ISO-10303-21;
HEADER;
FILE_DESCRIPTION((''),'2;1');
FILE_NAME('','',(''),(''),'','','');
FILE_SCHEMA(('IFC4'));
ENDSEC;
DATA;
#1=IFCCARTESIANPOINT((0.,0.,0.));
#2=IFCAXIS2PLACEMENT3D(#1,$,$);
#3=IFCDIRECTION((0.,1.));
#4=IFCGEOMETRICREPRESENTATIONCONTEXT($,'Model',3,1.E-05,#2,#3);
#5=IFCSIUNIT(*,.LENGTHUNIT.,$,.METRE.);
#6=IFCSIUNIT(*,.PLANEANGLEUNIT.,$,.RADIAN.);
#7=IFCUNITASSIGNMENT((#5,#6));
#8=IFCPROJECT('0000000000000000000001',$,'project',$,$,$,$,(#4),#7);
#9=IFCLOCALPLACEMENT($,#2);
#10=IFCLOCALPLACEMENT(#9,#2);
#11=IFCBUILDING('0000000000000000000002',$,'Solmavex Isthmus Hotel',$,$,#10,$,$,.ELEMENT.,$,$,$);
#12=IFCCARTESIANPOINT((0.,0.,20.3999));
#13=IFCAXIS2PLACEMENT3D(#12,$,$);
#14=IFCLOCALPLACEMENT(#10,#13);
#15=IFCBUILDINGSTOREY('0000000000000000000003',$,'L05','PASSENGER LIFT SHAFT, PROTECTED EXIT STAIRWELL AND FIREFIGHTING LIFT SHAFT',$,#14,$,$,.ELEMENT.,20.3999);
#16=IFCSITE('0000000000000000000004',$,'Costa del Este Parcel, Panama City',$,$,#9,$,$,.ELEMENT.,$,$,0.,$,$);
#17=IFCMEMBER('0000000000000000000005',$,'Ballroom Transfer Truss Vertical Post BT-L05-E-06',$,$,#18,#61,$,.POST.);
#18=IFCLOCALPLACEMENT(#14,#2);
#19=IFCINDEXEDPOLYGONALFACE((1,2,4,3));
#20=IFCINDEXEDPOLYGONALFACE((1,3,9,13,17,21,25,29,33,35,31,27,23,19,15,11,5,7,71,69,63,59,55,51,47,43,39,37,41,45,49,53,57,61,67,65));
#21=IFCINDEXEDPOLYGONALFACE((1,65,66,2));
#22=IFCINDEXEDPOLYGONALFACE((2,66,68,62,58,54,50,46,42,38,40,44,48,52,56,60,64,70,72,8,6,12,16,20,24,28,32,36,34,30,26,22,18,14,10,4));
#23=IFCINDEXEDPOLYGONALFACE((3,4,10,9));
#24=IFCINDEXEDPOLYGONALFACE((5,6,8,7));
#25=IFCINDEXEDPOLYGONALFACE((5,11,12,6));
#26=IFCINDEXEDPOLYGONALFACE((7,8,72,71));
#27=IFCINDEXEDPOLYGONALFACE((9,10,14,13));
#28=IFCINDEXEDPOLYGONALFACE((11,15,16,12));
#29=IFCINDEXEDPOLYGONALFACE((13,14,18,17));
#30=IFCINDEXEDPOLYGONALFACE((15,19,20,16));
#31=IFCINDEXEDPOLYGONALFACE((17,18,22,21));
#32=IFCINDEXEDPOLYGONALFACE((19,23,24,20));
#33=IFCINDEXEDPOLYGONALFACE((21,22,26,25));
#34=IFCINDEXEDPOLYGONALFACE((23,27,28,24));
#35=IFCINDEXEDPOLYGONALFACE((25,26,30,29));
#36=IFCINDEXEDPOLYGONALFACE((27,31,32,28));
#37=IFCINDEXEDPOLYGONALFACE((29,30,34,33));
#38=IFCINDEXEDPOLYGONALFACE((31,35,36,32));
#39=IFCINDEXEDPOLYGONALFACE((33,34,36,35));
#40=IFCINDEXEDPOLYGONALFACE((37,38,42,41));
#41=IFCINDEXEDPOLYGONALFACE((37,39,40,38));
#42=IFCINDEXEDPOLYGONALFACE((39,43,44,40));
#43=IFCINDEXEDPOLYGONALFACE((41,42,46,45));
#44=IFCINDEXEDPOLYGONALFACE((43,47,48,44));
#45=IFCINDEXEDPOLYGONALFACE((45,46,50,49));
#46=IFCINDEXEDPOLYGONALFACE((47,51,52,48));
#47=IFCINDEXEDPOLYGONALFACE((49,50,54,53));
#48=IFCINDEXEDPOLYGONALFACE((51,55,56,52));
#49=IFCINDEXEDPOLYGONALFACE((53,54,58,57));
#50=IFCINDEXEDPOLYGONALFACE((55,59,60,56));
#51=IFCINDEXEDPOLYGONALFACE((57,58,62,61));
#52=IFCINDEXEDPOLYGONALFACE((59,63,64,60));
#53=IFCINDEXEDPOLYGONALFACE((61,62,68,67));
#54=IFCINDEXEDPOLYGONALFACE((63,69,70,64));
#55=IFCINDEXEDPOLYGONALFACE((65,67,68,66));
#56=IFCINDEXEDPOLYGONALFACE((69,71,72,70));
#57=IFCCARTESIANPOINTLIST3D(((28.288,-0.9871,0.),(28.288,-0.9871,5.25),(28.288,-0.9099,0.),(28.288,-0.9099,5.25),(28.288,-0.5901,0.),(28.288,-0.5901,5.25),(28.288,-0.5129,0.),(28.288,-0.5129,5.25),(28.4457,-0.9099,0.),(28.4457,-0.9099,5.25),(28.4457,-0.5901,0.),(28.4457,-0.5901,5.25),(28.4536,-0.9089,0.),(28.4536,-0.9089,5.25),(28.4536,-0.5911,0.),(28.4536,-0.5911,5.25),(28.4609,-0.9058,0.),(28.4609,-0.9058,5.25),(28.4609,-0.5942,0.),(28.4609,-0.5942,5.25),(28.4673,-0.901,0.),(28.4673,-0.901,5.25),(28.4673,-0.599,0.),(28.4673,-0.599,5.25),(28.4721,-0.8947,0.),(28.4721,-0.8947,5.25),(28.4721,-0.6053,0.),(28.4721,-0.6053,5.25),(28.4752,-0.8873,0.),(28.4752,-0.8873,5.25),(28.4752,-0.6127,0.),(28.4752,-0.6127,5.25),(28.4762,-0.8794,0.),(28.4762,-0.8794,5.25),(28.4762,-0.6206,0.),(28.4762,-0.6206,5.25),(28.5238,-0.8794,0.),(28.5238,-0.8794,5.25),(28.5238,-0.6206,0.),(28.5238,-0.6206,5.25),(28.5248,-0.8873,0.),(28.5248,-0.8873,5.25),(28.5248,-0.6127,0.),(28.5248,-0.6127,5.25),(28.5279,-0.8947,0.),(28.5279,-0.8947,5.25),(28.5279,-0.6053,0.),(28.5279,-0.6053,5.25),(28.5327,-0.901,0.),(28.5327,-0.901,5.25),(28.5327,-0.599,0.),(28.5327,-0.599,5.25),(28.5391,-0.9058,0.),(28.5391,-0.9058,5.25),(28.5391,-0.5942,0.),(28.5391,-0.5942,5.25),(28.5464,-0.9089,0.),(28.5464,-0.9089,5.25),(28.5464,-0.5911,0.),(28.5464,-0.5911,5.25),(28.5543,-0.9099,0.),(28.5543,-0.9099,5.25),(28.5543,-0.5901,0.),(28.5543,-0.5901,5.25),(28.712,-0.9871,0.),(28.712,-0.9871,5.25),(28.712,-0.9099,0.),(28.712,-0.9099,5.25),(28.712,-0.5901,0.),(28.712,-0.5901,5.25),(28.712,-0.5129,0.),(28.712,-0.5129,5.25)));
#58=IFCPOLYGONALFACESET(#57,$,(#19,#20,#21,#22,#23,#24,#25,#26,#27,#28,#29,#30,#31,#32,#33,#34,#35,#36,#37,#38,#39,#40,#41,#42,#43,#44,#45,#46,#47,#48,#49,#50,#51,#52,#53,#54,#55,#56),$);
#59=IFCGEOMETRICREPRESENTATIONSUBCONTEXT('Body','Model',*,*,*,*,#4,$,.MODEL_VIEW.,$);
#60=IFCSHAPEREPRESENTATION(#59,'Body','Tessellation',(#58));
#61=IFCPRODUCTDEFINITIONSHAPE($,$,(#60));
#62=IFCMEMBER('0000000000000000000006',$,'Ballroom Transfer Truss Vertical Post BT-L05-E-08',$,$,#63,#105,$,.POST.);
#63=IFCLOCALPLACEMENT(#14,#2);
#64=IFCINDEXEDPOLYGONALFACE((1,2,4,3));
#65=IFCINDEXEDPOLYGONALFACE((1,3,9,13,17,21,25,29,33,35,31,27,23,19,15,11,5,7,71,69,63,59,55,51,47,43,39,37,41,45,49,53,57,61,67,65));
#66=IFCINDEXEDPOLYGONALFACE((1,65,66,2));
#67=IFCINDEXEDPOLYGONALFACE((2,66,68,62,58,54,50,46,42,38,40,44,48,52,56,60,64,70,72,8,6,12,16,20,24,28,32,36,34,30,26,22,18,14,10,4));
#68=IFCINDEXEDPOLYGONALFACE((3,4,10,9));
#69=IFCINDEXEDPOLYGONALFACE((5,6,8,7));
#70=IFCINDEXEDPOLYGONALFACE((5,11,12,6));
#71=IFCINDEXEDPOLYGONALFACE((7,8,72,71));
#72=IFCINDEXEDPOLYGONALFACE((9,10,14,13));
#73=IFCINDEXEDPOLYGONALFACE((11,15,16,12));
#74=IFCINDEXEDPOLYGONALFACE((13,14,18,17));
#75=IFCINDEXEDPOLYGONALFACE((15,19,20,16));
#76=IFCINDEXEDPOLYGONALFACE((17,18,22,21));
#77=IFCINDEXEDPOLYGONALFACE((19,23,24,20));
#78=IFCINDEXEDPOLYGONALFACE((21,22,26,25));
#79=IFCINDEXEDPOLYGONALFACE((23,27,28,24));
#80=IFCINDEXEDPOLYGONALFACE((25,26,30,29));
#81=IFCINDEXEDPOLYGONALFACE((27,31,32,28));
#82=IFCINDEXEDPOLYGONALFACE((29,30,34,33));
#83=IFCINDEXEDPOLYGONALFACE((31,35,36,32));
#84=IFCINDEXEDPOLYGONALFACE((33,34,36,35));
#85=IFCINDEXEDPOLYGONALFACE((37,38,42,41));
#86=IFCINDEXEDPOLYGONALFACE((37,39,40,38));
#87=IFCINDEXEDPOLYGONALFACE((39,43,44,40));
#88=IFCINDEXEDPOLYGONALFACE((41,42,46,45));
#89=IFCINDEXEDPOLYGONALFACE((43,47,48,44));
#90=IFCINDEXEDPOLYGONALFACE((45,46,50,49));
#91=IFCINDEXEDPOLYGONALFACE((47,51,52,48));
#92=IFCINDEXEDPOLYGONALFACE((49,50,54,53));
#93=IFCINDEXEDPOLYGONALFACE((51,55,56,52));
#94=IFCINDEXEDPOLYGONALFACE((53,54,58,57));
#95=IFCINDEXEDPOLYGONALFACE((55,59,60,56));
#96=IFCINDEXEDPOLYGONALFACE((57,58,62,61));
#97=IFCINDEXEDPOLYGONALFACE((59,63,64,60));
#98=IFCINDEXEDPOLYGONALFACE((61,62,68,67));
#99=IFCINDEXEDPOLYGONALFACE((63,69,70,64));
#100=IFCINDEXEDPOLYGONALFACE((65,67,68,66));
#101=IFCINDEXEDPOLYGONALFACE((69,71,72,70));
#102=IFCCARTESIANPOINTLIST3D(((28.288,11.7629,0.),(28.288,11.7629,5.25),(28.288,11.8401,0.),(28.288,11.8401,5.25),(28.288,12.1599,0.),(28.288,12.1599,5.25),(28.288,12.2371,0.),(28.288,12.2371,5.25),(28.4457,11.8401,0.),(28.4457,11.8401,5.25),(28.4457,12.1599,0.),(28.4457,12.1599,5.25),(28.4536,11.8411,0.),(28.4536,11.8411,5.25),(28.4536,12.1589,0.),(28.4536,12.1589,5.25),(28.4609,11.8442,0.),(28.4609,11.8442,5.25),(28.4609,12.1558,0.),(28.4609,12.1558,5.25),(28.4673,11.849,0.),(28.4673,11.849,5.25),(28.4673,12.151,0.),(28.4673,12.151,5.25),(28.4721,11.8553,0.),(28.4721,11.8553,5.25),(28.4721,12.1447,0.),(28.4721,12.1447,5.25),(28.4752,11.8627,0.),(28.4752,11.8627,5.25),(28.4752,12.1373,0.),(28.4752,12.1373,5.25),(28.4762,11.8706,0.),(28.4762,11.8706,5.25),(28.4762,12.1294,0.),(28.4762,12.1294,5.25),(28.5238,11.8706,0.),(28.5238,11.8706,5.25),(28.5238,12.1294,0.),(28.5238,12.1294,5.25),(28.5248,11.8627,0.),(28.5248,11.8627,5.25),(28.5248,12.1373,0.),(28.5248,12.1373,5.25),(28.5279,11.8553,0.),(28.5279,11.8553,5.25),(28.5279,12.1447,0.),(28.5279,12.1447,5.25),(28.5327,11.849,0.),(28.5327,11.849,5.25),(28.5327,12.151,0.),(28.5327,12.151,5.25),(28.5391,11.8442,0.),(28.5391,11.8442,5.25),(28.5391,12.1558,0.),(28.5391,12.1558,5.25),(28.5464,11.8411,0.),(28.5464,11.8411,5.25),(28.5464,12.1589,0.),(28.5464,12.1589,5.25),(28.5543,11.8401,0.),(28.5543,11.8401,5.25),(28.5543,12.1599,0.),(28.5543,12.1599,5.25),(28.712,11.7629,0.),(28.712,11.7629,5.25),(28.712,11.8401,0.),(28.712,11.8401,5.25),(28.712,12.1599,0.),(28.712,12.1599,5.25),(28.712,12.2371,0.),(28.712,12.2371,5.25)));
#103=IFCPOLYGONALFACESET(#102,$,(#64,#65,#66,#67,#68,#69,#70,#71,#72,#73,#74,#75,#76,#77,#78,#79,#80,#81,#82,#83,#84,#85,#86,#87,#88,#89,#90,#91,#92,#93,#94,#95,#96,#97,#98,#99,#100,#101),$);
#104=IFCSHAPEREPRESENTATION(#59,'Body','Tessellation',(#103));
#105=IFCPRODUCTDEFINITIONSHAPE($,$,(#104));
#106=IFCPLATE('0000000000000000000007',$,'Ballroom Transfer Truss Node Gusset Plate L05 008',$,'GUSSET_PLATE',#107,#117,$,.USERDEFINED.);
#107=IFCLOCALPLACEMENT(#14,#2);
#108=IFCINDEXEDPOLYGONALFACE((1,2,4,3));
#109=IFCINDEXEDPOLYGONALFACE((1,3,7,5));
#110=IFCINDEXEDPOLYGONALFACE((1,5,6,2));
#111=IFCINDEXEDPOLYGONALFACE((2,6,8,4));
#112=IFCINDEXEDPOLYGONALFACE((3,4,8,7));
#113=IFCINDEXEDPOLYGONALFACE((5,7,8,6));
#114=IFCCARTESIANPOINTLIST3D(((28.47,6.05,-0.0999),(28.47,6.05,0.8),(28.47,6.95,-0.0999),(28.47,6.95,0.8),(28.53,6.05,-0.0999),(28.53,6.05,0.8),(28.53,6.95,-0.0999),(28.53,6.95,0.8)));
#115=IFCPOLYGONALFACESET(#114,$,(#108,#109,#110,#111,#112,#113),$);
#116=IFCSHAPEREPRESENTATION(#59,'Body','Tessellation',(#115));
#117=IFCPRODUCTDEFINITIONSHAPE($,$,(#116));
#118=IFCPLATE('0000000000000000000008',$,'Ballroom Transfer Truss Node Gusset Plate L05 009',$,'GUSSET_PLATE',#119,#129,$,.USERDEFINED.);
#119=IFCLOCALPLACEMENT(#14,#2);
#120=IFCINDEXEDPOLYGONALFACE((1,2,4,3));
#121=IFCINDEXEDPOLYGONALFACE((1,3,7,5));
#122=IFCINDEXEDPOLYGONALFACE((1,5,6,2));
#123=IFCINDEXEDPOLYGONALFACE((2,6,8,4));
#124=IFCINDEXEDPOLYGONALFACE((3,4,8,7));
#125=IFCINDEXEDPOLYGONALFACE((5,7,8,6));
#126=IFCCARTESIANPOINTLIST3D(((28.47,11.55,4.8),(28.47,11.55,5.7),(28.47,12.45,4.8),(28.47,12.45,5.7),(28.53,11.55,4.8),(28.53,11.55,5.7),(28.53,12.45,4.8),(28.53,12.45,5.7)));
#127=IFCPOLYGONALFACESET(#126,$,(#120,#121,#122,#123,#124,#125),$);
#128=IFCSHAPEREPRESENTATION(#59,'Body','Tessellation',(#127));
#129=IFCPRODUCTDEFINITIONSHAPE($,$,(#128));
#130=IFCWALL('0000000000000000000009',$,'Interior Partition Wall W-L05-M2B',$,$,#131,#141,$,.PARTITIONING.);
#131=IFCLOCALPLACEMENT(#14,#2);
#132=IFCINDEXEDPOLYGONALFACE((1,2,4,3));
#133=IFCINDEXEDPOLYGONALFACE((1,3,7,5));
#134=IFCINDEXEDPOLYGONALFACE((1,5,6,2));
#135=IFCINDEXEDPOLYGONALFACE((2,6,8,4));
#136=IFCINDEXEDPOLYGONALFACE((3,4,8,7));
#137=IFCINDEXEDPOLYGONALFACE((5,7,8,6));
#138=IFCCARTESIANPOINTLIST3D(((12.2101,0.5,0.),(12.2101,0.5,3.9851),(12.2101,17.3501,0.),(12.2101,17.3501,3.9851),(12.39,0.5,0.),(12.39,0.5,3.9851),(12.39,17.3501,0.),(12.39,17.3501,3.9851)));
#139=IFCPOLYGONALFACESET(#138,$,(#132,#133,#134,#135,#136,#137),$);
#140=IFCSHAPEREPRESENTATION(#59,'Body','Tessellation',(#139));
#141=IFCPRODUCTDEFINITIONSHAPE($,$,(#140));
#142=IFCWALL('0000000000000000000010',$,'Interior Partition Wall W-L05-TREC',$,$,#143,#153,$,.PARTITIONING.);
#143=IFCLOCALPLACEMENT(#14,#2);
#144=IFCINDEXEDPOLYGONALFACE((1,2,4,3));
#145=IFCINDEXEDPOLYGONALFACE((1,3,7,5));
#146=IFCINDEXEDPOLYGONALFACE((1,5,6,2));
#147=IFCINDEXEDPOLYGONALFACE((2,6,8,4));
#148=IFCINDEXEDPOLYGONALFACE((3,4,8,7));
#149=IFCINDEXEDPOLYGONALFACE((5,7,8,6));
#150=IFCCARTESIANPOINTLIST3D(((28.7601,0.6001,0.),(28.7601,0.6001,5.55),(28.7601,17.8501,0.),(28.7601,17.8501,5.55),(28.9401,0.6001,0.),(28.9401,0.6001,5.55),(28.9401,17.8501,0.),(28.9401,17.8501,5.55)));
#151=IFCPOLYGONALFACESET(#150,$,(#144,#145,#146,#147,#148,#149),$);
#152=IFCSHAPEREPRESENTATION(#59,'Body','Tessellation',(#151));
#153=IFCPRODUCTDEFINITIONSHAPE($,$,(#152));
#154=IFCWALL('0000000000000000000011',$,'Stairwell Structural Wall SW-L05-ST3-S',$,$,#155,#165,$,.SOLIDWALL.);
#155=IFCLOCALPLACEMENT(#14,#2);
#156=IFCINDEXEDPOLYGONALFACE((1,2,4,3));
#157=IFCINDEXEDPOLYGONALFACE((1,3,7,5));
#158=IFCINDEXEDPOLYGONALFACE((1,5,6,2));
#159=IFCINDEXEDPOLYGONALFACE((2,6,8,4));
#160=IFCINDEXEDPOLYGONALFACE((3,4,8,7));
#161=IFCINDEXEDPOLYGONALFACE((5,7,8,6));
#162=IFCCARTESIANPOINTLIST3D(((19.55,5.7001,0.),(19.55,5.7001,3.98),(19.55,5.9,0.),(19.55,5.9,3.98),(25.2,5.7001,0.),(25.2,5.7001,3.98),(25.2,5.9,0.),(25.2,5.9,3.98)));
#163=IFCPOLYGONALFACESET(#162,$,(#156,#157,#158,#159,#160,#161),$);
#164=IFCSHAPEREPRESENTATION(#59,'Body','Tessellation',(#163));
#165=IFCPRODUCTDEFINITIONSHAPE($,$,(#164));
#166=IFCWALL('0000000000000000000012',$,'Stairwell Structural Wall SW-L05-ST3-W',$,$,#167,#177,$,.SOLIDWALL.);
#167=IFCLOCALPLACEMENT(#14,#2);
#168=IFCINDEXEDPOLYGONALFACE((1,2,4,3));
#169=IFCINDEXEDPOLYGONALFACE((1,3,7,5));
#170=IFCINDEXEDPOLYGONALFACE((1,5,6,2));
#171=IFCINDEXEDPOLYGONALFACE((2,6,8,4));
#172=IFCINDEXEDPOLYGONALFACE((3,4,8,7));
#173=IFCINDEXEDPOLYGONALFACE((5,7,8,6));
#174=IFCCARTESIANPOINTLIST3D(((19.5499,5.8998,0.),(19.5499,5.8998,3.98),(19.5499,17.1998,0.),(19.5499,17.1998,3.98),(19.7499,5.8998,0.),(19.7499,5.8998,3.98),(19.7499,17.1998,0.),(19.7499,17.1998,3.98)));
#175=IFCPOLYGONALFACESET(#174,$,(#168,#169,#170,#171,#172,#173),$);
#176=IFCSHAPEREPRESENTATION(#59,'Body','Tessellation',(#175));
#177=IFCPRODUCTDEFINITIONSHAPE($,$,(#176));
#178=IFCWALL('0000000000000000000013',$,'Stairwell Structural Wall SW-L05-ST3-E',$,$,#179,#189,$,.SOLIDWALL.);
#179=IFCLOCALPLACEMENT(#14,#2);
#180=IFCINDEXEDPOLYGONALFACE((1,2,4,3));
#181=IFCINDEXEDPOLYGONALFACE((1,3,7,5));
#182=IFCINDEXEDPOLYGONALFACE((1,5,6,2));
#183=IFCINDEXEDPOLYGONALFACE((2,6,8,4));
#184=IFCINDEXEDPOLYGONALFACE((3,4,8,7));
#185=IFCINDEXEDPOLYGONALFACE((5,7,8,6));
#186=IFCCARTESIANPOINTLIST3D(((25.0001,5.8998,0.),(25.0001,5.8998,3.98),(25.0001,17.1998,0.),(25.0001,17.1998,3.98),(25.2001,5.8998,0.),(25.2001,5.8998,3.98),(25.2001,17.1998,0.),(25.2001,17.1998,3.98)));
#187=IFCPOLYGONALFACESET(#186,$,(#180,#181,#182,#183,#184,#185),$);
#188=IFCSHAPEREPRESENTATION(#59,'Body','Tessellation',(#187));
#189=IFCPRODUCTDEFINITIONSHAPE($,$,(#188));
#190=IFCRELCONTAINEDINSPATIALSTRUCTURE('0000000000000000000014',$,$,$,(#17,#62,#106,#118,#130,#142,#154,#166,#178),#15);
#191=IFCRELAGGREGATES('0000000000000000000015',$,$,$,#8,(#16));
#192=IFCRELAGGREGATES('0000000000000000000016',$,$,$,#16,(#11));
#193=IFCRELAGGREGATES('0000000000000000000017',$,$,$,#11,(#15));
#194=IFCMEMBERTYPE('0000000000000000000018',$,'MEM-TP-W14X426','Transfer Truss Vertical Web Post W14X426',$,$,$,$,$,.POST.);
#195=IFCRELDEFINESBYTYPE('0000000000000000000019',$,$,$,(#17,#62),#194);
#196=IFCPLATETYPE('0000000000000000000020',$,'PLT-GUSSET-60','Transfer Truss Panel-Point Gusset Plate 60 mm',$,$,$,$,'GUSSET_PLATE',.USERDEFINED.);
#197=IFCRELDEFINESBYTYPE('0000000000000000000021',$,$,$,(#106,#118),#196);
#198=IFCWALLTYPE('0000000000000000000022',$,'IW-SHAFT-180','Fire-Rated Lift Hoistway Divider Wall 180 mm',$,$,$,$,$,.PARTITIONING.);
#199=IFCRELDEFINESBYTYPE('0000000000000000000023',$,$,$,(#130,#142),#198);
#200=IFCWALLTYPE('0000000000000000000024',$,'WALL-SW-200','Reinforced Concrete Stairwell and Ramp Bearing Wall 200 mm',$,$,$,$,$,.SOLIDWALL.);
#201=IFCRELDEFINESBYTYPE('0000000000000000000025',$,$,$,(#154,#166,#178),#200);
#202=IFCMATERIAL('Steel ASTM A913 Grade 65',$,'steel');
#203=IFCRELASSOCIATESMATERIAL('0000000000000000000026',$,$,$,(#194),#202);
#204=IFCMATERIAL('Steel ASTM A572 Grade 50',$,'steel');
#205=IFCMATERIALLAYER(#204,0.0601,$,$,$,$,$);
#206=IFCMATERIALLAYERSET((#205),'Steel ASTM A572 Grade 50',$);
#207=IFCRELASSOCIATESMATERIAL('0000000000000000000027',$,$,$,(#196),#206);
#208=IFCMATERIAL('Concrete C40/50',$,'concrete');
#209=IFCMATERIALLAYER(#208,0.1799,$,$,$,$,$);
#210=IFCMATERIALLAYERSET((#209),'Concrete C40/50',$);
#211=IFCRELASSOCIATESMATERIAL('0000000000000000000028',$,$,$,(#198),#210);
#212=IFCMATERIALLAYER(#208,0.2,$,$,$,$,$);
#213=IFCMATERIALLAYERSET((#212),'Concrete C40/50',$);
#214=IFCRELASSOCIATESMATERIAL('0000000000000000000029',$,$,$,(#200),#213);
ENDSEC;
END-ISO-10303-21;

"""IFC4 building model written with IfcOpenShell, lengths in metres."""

from ifc_helpers import new_model, si_unit, direction, frame, frame_2d, origin, origin_2d, place, context, subcontext, project, spatial, rectangle, i_section, extrude, material, layer, layer_set, material_profile, profile_set, type_object, element, save


model = new_model("IFC4")

# Units and contexts
model_context = context("Model", 3, precision=1e-05, world=origin(), true_north=direction((0.0, 1.0)))
body_context = subcontext(model_context, "Body", "Model", "MODEL_VIEW")
ifc_project = project(units=[si_unit("LENGTHUNIT", "METRE"), si_unit("PLANEANGLEUNIT", "RADIAN")], contexts=[model_context])

# Site, building, storey
site_placement = place(None, origin())
site = spatial("IfcSite", under=ifc_project, at=site_placement, Name="Costa del Este Parcel, Panama City", CompositionType="ELEMENT", RefElevation=0.0)
building_placement = place(site_placement, origin())
building = spatial("IfcBuilding", under=site, at=building_placement, Name="Solmavex Isthmus Hotel", CompositionType="ELEMENT")
storey_placement = place(building_placement, frame((0.0, 0.0, 20.3999)))
storey = spatial("IfcBuildingStorey", under=building, at=storey_placement, Name="L05", Description="PASSENGER LIFT SHAFT, PROTECTED EXIT STAIRWELL AND FIREFIGHTING LIFT SHAFT", CompositionType="ELEMENT", Elevation=20.3999)

# Members
ifc_material_1 = material(Name="Steel ASTM A913 Grade 65", Category="steel")
ifc_material_profile_1 = material_profile(ifc_material_1, i_section(OverallWidth=0.4241, OverallDepth=0.4741, WebThickness=0.0476, FlangeThickness=0.0771, FilletRadius=0.0305, at=origin_2d()), Name="W14X426")
ifc_profile_set_1 = profile_set([ifc_material_profile_1], Name="Steel ASTM A913 Grade 65")
member_type_1 = type_object("IfcMemberType", Name="MEM-TP-W14X426", Description="Transfer Truss Vertical Web Post W14X426", PredefinedType="POST", material=ifc_profile_set_1)
for number, where, z_axis, x_axis, name in (
    (1, (28.5, -0.75, 0.0), (0.0, 0.0, 1.0), (1.0, 0.0, 0.0), "Ballroom Transfer Truss Vertical Post BT-L05-E-06"),
    (2, (28.5, 12.0, 0.0), (0.0, 0.0, 1.0), (1.0, 0.0, 0.0), "Ballroom Transfer Truss Vertical Post BT-L05-E-08"),
):
    element("IfcMember", number, at=place(storey_placement, frame(where, z_axis=z_axis, x_axis=x_axis)), inside=storey, type_object=member_type_1, Name=name, PredefinedType="POST", context=body_context, shape_type="SweptSolid", body=[
        extrude(i_section(OverallWidth=0.4241, OverallDepth=0.4741, WebThickness=0.0476, FlangeThickness=0.0771, FilletRadius=0.0305, at=origin_2d()), origin(), (0.0, 0.0, 1.0), 5.25),
    ])

# Plates
ifc_material_2 = material(Name="Steel ASTM A572 Grade 50", Category="steel")
ifc_layer_1 = layer(ifc_material_2, 0.0601)
ifc_layer_set_1 = layer_set([ifc_layer_1], Name="Steel ASTM A572 Grade 50")
plate_type = type_object("IfcPlateType", Name="PLT-GUSSET-60", Description="Transfer Truss Panel-Point Gusset Plate 60 mm", ElementType="GUSSET_PLATE", PredefinedType="USERDEFINED", material=ifc_layer_set_1)
for number, where, z_axis, x_axis, name in (
    (3, (28.5, 6.5, -0.0999), (0.0, 0.0, 1.0), (0.0, 1.0, 0.0), "Ballroom Transfer Truss Node Gusset Plate L05 008"),
    (4, (28.5, 12.0, 4.8), (0.0, 0.0, 1.0), (0.0, 1.0, 0.0), "Ballroom Transfer Truss Node Gusset Plate L05 009"),
):
    element("IfcPlate", number, at=place(storey_placement, frame(where, z_axis=z_axis, x_axis=x_axis)), inside=storey, type_object=plate_type, Name=name, ObjectType="GUSSET_PLATE", PredefinedType="USERDEFINED", context=body_context, shape_type="SweptSolid", body=[
        extrude(rectangle(XDim=0.8999, YDim=0.0601, at=origin_2d()), origin(), (0.0, 0.0, 1.0), 0.8999),
    ])

# Walls
ifc_material_3 = material(Name="Concrete C40/50", Category="concrete")
ifc_layer_2 = layer(ifc_material_3, 0.1799)
ifc_layer_set_2 = layer_set([ifc_layer_2], Name="Concrete C40/50")
wall_type_1 = type_object("IfcWallType", Name="IW-SHAFT-180", Description="Fire-Rated Lift Hoistway Divider Wall 180 mm", PredefinedType="PARTITIONING", material=ifc_layer_set_2)
wall_1_placement = place(storey_placement, frame((12.3, 0.5, 0.0), z_axis=(0.0, 0.0, 1.0), x_axis=(0.0, 1.0, 0.0)))
element("IfcWall", 5, at=wall_1_placement, inside=storey, type_object=wall_type_1, Name="Interior Partition Wall W-L05-M2B", PredefinedType="PARTITIONING", context=body_context, shape_type="SweptSolid", body=[
    extrude(rectangle(XDim=16.8501, YDim=0.1799, at=frame_2d((8.425, 0.0))), origin(), (0.0, 0.0, 1.0), 3.9851),
])
wall_2_placement = place(storey_placement, frame((28.8501, 0.6001, 0.0), z_axis=(0.0, 0.0, 1.0), x_axis=(0.0, 1.0, 0.0)))
element("IfcWall", 6, at=wall_2_placement, inside=storey, type_object=wall_type_1, Name="Interior Partition Wall W-L05-TREC", PredefinedType="PARTITIONING", context=body_context, shape_type="SweptSolid", body=[
    extrude(rectangle(XDim=17.25, YDim=0.1799, at=frame_2d((8.625, 0.0))), origin(), (0.0, 0.0, 1.0), 5.55),
])
ifc_layer_3 = layer(ifc_material_3, 0.2)
ifc_layer_set_3 = layer_set([ifc_layer_3], Name="Concrete C40/50")
wall_type_2 = type_object("IfcWallType", Name="WALL-SW-200", Description="Reinforced Concrete Stairwell and Ramp Bearing Wall 200 mm", PredefinedType="SOLIDWALL", material=ifc_layer_set_3)
wall_3_placement = place(storey_placement, frame((19.55, 5.8, 0.0), z_axis=(0.0, 0.0, 1.0), x_axis=(1.0, 0.0, 0.0)))
element("IfcWall", 7, at=wall_3_placement, inside=storey, type_object=wall_type_2, Name="Stairwell Structural Wall SW-L05-ST3-S", PredefinedType="SOLIDWALL", context=body_context, shape_type="SweptSolid", body=[
    extrude(rectangle(XDim=5.6499, YDim=0.2, at=frame_2d((2.825, 0.0))), origin(), (0.0, 0.0, 1.0), 3.98),
])
for number, where, z_axis, x_axis, name in (
    (8, (19.6499, 5.8999, 0.0), (0.0, 0.0, 1.0), (0.0, 1.0, 0.0), "Stairwell Structural Wall SW-L05-ST3-W"),
    (9, (25.1001, 5.8999, 0.0), (0.0, 0.0, 1.0), (0.0, 1.0, 0.0), "Stairwell Structural Wall SW-L05-ST3-E"),
):
    element("IfcWall", number, at=place(storey_placement, frame(where, z_axis=z_axis, x_axis=x_axis)), inside=storey, type_object=wall_type_2, Name=name, PredefinedType="SOLIDWALL", context=body_context, shape_type="SweptSolid", body=[
        extrude(rectangle(XDim=11.3, YDim=0.2, at=frame_2d((5.6499, 0.0))), origin(), (0.0, 0.0, 1.0), 3.98),
    ])

save(model, "model.ifc")
